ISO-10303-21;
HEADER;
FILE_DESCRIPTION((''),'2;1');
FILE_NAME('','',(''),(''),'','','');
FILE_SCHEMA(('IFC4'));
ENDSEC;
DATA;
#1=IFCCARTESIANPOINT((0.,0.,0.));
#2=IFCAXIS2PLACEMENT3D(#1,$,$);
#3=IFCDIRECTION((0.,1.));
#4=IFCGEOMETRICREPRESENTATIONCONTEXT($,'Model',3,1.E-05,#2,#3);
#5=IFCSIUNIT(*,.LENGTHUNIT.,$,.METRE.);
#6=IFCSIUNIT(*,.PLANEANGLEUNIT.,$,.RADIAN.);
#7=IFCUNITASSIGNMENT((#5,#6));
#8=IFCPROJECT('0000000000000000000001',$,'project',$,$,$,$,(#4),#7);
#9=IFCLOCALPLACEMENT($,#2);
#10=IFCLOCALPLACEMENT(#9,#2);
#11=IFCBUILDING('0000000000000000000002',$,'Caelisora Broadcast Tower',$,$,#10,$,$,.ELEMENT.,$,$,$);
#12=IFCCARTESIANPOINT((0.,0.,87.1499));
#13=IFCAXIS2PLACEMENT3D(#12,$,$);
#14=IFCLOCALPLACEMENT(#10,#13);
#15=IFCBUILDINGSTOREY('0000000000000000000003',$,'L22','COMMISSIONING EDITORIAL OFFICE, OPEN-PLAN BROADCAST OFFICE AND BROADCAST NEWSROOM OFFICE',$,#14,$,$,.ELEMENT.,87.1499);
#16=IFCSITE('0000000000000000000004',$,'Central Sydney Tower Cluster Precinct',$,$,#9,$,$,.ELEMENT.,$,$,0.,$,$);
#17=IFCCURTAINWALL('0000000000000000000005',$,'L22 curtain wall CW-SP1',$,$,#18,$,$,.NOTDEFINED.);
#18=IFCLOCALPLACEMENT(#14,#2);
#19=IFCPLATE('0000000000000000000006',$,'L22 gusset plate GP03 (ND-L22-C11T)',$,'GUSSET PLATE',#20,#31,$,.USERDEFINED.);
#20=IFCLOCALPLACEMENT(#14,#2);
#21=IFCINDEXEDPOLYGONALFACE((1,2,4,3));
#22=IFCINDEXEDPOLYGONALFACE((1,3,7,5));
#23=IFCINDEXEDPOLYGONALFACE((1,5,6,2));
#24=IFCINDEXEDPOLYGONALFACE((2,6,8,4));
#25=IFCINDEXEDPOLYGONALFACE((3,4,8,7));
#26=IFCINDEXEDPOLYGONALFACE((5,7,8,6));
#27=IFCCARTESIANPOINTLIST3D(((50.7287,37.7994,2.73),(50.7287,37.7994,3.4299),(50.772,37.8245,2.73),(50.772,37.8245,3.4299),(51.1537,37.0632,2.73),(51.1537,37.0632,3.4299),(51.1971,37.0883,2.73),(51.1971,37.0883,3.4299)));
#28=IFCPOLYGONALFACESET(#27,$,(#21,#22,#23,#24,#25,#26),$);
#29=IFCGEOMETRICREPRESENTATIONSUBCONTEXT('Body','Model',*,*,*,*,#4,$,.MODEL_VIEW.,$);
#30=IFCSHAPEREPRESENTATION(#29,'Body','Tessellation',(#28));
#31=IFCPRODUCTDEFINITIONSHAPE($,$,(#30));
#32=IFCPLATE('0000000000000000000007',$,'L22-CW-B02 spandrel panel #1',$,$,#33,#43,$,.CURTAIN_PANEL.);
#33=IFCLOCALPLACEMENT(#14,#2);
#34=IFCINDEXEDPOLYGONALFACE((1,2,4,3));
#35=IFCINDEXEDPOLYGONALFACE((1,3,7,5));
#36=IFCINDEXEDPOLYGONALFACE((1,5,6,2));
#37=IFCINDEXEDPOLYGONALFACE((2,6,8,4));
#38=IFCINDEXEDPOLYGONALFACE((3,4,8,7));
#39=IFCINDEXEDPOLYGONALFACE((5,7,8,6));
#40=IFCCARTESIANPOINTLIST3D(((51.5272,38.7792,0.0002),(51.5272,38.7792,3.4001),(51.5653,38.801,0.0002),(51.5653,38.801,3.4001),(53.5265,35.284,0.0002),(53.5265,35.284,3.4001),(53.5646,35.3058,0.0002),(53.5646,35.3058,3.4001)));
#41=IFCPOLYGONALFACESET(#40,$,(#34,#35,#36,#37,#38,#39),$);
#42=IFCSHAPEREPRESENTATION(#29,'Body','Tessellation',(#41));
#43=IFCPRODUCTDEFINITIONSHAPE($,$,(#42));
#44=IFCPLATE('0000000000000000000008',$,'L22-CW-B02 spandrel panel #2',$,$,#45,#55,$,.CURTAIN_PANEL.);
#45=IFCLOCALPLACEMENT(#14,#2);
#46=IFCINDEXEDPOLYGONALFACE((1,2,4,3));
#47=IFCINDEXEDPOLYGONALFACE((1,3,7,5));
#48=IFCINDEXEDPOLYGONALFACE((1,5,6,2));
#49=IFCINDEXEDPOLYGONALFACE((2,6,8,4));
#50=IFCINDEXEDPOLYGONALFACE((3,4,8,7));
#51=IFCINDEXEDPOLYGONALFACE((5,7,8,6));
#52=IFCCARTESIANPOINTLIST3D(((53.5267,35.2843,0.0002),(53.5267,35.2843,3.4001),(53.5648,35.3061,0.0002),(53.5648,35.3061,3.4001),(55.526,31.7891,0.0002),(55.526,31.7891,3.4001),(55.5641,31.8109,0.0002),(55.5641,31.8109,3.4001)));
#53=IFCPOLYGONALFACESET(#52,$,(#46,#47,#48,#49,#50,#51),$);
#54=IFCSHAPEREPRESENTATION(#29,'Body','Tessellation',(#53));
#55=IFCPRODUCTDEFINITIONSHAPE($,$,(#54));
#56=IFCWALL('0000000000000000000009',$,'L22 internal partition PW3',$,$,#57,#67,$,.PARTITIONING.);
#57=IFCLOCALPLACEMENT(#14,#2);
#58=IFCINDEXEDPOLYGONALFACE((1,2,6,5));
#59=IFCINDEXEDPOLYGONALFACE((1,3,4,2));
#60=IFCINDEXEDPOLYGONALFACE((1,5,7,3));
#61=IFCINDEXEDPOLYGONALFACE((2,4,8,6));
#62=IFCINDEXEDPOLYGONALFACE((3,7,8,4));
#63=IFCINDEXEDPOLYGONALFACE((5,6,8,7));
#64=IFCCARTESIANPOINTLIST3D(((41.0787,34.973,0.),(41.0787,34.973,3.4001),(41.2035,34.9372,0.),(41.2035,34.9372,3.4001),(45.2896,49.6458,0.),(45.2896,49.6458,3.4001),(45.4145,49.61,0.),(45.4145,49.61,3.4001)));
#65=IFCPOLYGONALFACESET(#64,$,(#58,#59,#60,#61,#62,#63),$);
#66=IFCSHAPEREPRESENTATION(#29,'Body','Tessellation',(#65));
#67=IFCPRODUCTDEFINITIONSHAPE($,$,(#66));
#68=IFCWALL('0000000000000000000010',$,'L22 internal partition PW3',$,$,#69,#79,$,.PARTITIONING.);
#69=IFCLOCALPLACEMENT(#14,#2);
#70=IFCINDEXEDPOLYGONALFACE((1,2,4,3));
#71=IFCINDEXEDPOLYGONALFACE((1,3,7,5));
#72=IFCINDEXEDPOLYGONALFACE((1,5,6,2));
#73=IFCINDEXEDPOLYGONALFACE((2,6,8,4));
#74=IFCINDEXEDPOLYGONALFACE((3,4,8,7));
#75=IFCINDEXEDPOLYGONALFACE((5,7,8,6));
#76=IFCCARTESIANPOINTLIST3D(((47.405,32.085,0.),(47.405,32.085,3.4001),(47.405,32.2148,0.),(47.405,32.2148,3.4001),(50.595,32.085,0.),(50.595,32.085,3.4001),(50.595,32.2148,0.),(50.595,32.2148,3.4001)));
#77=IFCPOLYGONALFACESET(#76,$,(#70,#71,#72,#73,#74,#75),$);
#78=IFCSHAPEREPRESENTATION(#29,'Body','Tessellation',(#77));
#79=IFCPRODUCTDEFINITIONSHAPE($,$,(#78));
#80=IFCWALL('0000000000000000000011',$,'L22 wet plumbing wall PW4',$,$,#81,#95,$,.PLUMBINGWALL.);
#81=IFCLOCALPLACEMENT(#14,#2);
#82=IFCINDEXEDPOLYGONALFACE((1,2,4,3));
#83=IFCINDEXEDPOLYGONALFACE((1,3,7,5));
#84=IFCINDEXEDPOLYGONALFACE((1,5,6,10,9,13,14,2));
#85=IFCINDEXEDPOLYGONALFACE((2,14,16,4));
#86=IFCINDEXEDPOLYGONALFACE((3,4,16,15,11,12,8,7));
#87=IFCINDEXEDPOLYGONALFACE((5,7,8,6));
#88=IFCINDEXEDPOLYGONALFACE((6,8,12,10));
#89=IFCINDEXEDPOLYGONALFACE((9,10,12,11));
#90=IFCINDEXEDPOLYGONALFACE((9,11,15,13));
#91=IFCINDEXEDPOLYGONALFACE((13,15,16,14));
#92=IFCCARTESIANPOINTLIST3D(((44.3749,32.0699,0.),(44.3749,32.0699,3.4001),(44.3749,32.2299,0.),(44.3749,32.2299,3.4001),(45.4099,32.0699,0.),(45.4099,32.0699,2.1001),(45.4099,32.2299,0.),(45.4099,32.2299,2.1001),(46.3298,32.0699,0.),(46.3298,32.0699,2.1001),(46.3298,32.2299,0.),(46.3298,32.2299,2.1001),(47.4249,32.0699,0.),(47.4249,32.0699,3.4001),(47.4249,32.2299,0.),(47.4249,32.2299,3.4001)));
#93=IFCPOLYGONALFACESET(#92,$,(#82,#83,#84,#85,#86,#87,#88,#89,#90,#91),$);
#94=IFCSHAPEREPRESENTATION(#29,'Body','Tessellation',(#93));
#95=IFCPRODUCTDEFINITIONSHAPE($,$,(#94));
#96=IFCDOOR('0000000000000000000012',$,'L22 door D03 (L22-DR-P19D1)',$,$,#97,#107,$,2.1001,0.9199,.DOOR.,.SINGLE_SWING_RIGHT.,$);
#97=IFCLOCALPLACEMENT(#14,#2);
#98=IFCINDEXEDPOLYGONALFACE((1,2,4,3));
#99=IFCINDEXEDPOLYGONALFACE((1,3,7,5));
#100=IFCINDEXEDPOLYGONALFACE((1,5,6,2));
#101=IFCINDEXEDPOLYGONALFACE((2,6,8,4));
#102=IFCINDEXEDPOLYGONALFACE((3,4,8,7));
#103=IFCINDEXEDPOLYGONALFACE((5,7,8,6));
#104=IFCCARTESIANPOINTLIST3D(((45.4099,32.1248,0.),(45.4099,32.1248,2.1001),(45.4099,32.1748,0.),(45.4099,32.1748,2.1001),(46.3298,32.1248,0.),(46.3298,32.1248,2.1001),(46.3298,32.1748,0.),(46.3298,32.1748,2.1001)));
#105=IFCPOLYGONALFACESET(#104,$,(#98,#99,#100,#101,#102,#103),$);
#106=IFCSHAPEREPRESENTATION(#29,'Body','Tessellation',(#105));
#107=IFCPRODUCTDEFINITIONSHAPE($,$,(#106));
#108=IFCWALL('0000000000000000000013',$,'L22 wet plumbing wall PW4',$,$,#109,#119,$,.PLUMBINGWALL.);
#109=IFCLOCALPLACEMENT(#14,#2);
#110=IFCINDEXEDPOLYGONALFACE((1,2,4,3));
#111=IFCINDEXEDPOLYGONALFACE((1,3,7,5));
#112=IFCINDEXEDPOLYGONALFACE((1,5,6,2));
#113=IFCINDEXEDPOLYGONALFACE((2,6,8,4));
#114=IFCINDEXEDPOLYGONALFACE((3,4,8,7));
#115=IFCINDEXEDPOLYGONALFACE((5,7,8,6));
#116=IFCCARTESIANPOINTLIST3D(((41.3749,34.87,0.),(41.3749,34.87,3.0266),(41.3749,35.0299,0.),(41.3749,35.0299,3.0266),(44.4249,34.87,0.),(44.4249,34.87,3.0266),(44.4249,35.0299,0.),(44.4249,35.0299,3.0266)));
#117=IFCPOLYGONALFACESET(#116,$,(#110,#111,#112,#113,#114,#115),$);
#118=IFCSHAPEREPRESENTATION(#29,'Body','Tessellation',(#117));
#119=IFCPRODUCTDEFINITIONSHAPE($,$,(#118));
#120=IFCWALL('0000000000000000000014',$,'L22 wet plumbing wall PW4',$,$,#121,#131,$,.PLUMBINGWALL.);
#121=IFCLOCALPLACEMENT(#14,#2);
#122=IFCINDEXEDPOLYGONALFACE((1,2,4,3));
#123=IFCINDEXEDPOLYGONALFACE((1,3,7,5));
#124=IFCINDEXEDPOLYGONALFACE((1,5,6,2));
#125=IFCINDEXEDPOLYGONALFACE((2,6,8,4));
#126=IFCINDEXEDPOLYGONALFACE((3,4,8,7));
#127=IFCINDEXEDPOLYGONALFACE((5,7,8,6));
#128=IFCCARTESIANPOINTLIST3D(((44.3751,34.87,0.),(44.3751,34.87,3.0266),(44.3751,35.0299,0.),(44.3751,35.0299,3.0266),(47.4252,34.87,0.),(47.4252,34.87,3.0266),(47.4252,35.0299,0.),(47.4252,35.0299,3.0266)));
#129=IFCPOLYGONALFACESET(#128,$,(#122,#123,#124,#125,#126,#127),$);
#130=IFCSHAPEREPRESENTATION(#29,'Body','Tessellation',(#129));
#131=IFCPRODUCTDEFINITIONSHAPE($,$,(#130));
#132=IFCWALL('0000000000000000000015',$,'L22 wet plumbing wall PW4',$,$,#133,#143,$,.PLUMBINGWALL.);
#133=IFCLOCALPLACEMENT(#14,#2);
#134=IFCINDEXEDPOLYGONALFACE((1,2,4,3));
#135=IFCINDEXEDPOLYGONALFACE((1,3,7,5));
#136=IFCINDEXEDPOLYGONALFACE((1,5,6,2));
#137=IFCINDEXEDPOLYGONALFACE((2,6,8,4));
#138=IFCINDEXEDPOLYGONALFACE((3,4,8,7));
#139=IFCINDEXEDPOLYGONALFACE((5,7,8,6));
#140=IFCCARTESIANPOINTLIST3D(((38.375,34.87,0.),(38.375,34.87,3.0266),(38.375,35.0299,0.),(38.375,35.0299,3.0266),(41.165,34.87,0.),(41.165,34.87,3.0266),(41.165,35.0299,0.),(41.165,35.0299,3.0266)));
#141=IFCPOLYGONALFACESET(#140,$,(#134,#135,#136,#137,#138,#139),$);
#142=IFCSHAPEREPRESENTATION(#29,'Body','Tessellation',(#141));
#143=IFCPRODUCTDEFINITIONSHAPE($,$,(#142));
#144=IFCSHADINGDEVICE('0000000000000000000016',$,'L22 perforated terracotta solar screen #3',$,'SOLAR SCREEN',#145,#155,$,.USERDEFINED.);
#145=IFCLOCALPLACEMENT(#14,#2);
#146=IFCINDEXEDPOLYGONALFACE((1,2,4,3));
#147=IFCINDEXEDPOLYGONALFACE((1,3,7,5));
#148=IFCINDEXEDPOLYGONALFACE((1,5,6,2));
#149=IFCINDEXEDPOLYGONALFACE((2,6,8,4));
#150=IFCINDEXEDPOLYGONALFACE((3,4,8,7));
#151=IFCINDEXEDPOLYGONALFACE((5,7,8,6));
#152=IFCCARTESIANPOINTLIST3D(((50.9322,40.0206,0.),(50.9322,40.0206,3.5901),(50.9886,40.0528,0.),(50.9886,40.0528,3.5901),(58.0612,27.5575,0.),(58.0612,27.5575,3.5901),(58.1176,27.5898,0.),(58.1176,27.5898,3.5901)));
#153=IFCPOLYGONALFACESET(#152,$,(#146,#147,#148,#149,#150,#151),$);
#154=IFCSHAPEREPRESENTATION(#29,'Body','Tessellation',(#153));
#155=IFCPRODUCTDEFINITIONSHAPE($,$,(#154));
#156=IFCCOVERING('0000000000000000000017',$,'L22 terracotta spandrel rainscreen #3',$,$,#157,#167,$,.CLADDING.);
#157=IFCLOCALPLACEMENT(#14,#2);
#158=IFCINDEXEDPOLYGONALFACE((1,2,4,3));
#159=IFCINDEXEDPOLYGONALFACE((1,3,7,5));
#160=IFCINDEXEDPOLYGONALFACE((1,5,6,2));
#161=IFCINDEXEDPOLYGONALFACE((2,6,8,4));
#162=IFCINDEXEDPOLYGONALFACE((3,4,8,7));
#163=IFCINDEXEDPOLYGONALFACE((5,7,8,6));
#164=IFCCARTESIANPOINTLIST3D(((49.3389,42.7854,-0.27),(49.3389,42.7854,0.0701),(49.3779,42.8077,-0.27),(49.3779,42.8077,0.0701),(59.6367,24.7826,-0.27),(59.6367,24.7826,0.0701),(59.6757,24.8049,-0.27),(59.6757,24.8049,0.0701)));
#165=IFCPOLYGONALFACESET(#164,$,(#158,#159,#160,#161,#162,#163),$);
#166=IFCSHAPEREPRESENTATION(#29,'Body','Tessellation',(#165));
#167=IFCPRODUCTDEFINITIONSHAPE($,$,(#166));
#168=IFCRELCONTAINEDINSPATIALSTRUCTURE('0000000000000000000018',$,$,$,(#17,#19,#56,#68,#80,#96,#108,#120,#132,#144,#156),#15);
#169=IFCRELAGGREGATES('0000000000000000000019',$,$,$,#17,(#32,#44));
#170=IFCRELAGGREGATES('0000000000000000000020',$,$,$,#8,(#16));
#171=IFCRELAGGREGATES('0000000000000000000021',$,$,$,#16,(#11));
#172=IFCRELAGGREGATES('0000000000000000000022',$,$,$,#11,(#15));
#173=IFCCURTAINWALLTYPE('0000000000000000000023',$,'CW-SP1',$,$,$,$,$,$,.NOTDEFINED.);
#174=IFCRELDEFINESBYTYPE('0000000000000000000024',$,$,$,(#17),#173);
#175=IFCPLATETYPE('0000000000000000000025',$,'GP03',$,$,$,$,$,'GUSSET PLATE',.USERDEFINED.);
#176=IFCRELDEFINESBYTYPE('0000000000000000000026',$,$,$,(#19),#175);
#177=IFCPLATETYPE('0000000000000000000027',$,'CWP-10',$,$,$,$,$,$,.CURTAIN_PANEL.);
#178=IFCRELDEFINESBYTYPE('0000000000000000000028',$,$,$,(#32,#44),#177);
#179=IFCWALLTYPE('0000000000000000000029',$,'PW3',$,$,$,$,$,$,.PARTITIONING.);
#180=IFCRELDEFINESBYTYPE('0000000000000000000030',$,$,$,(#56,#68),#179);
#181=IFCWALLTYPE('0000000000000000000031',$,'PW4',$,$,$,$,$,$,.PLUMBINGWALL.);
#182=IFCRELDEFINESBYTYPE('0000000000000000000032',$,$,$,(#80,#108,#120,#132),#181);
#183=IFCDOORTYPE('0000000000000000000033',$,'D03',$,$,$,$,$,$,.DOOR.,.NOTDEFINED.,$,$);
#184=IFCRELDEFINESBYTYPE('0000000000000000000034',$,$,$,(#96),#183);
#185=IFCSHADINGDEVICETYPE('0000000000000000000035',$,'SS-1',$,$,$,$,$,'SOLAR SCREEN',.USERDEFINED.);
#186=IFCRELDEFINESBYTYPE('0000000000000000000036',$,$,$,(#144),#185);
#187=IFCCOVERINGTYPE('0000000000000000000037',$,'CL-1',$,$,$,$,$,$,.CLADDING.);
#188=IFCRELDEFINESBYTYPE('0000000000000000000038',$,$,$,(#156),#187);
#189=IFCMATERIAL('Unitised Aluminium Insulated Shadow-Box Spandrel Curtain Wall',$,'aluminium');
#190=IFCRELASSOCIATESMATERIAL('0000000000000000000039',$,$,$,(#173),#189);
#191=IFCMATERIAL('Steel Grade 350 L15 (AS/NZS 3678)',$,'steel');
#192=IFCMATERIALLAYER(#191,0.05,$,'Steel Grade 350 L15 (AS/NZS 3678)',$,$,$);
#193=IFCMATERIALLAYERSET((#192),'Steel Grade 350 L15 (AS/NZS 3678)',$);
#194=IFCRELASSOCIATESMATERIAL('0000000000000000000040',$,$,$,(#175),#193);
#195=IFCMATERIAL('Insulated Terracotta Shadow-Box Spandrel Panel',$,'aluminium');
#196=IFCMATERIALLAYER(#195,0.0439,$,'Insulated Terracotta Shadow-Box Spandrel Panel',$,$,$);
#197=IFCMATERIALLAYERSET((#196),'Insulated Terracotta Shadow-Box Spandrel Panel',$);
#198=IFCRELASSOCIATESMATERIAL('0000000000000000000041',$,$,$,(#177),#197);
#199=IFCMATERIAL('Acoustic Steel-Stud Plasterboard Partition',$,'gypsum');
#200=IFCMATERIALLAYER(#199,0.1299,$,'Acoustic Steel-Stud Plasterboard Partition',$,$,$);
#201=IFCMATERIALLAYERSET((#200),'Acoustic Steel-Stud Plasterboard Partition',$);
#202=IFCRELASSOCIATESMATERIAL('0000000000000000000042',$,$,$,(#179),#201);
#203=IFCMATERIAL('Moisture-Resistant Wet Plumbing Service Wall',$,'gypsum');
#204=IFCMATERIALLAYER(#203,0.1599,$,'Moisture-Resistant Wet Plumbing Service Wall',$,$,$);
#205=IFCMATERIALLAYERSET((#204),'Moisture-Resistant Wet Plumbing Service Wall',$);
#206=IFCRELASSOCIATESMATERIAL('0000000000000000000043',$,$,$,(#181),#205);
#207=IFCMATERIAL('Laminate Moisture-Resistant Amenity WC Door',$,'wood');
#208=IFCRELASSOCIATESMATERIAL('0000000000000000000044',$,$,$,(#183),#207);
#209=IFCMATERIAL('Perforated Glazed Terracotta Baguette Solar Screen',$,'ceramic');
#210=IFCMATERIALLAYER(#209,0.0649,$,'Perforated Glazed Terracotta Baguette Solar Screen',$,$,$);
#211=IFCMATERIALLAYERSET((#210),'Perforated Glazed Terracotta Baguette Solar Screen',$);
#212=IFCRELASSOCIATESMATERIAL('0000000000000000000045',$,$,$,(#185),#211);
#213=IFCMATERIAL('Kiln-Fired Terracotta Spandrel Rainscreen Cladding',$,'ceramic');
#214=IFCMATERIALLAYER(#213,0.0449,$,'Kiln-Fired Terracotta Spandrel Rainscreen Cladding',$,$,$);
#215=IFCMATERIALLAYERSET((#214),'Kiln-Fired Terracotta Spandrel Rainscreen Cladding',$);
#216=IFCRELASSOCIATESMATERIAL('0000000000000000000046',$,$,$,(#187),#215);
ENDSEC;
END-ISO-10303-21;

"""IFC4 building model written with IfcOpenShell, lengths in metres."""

from ifc_helpers import new_model, si_unit, direction, frame, frame_2d, origin, origin_2d, place, context, subcontext, project, spatial, rectangle, extrude, source, transform, mapped, material, layer, layer_set, type_object, type_shapes, element, fill, aggregate, save


model = new_model("IFC4")

# Units and contexts
model_context = context("Model", 3, precision=1e-05, world=origin(), true_north=direction((0.0, 1.0)))
body_context = subcontext(model_context, "Body", "Model", "MODEL_VIEW")
ifc_project = project(units=[si_unit("LENGTHUNIT", "METRE"), si_unit("PLANEANGLEUNIT", "RADIAN")], contexts=[model_context])

# Site, building, storey
site_placement = place(None, origin())
site = spatial("IfcSite", under=ifc_project, at=site_placement, Name="Central Sydney Tower Cluster Precinct", CompositionType="ELEMENT", RefElevation=0.0)
building_placement = place(site_placement, origin())
building = spatial("IfcBuilding", under=site, at=building_placement, Name="Caelisora Broadcast Tower", CompositionType="ELEMENT")
storey_placement = place(building_placement, frame((0.0, 0.0, 87.1499)))
storey = spatial("IfcBuildingStorey", under=building, at=storey_placement, Name="L22", Description="COMMISSIONING EDITORIAL OFFICE, OPEN-PLAN BROADCAST OFFICE AND BROADCAST NEWSROOM OFFICE", CompositionType="ELEMENT", Elevation=87.1499)

# Shared definitions
ifc_material_1 = material(Name="Steel Grade 350 L15 (AS/NZS 3678)", Category="steel")

# Curtain wall
ifc_material_2 = material(Name="Unitised Aluminium Insulated Shadow-Box Spandrel Curtain Wall", Category="aluminium")
curtain_wall_type = type_object("IfcCurtainWallType", Name="CW-SP1", PredefinedType="NOTDEFINED", material=ifc_material_2)
curtain_wall_placement = place(storey_placement, origin())
curtain_wall = element("IfcCurtainWall", 1, at=curtain_wall_placement, inside=storey, type_object=curtain_wall_type, Name="L22 curtain wall CW-SP1", PredefinedType="NOTDEFINED")

# Plates
ifc_layer_1 = layer(ifc_material_1, 0.05, Name="Steel Grade 350 L15 (AS/NZS 3678)")
ifc_layer_set_1 = layer_set([ifc_layer_1], Name="Steel Grade 350 L15 (AS/NZS 3678)")
plate_type_1 = type_object("IfcPlateType", Name="GP03", ElementType="GUSSET PLATE", PredefinedType="USERDEFINED", material=ifc_layer_set_1)
shared_shape_1 = source(origin(), body_context, "Body", "SweptSolid", [
    extrude(rectangle(XDim=0.8501, YDim=0.05, at=origin_2d()), origin(), (0.0, 0.0, 1.0), 0.7),
])
type_shapes(plate_type_1, [shared_shape_1])
plate_1_placement = place(storey_placement, frame((50.9629, 37.4438, 2.73), z_axis=(0.0, 0.0, 1.0), x_axis=(-0.5, 0.866025, 0.0)))
element("IfcPlate", 2, at=plate_1_placement, inside=storey, type_object=plate_type_1, Name="L22 gusset plate GP03 (ND-L22-C11T)", ObjectType="GUSSET PLATE", PredefinedType="USERDEFINED", context=body_context, shape_type="MappedRepresentation", body=[
    mapped(shared_shape_1, transform((0.0, 0.0, 0.0), scale=1.0)),
])
ifc_material_3 = material(Name="Insulated Terracotta Shadow-Box Spandrel Panel", Category="aluminium")
ifc_layer_2 = layer(ifc_material_3, 0.0439, Name="Insulated Terracotta Shadow-Box Spandrel Panel")
ifc_layer_set_2 = layer_set([ifc_layer_2], Name="Insulated Terracotta Shadow-Box Spandrel Panel")
plate_type_2 = type_object("IfcPlateType", Name="CWP-10", PredefinedType="CURTAIN_PANEL", material=ifc_layer_set_2)
shared_shape_2 = source(origin(), body_context, "Body", "SweptSolid", [
    extrude(rectangle(XDim=4.0266, YDim=0.0439, at=origin_2d()), origin(), (0.0, 0.0, 1.0), 3.3999),
])
type_shapes(plate_type_2, [shared_shape_2])
plate_2_placement = place(storey_placement, frame((52.5459, 37.0425, 0.0002), z_axis=(0.0, 0.0, 1.0), x_axis=(0.49652, -0.868026, 0.0)))
plate_2 = element("IfcPlate", 3, at=plate_2_placement, type_object=plate_type_2, Name="L22-CW-B02 spandrel panel #1", PredefinedType="CURTAIN_PANEL", context=body_context, shape_type="MappedRepresentation", body=[
    mapped(shared_shape_2, transform((0.0, 0.0, 0.0), scale=1.0)),
])
plate_3_placement = place(storey_placement, frame((54.5454, 33.5476, 0.0002), z_axis=(0.0, 0.0, 1.0), x_axis=(0.49652, -0.868026, 0.0)))
plate_3 = element("IfcPlate", 4, at=plate_3_placement, type_object=plate_type_2, Name="L22-CW-B02 spandrel panel #2", PredefinedType="CURTAIN_PANEL", context=body_context, shape_type="MappedRepresentation", body=[
    mapped(shared_shape_2, transform((0.0, 0.0, 0.0), scale=1.0)),
])
aggregate(curtain_wall, [plate_2, plate_3])

# Walls
ifc_material_4 = material(Name="Acoustic Steel-Stud Plasterboard Partition", Category="gypsum")
ifc_layer_3 = layer(ifc_material_4, 0.1299, Name="Acoustic Steel-Stud Plasterboard Partition")
ifc_layer_set_3 = layer_set([ifc_layer_3], Name="Acoustic Steel-Stud Plasterboard Partition")
wall_type_1 = type_object("IfcWallType", Name="PW3", PredefinedType="PARTITIONING", material=ifc_layer_set_3)
wall_1_placement = place(storey_placement, frame((41.1411, 34.9551, 0.0), z_axis=(0.0, 0.0, 1.0), x_axis=(0.275853, 0.9612, 0.0)))
element("IfcWall", 5, at=wall_1_placement, inside=storey, type_object=wall_type_1, Name="L22 internal partition PW3", PredefinedType="PARTITIONING", context=body_context, shape_type="SweptSolid", body=[
    extrude(rectangle(XDim=15.2651, YDim=0.1299, at=frame_2d((7.6326, 0.0))), origin(), (0.0, 0.0, 1.0), 3.4001),
])
wall_2_placement = place(storey_placement, frame((47.405, 32.1499, 0.0), z_axis=(0.0, 0.0, 1.0), x_axis=(1.0, 0.0, 0.0)))
element("IfcWall", 6, at=wall_2_placement, inside=storey, type_object=wall_type_1, Name="L22 internal partition PW3", PredefinedType="PARTITIONING", context=body_context, shape_type="SweptSolid", body=[
    extrude(rectangle(XDim=3.1899, YDim=0.1299, at=frame_2d((1.595, 0.0))), origin(), (0.0, 0.0, 1.0), 3.4001),
])

# Wall, opening, door
ifc_material_5 = material(Name="Moisture-Resistant Wet Plumbing Service Wall", Category="gypsum")
ifc_layer_4 = layer(ifc_material_5, 0.1599, Name="Moisture-Resistant Wet Plumbing Service Wall")
ifc_layer_set_4 = layer_set([ifc_layer_4], Name="Moisture-Resistant Wet Plumbing Service Wall")
wall_type_2 = type_object("IfcWallType", Name="PW4", PredefinedType="PLUMBINGWALL", material=ifc_layer_set_4)
wall_3_placement = place(storey_placement, frame((44.375, 32.1499, 0.0), z_axis=(0.0, 0.0, 1.0), x_axis=(1.0, 0.0, 0.0)))
wall_3 = element("IfcWall", 7, at=wall_3_placement, inside=storey, type_object=wall_type_2, Name="L22 wet plumbing wall PW4", PredefinedType="PLUMBINGWALL", context=body_context, shape_type="SweptSolid", body=[
    extrude(rectangle(XDim=3.05, YDim=0.1599, at=frame_2d((1.5249, 0.0))), origin(), (0.0, 0.0, 1.0), 3.4001),
])
opening_placement = place(wall_3_placement, frame((1.0349, 0.0, 0.0)))
opening = element("IfcOpeningElement", 8, at=opening_placement, cuts=wall_3, PredefinedType="OPENING", context=body_context, shape_type="SweptSolid", body=[
    extrude(rectangle(XDim=0.9199, YDim=2.1001, at=frame_2d((0.46, 1.05))), frame((0.0, 0.092, 0.0), z_axis=(0.0, -1.0, 0.0), x_axis=(1.0, 0.0, 0.0)), (0.0, 0.0, 1.0), 0.1838),
])
ifc_material_6 = material(Name="Laminate Moisture-Resistant Amenity WC Door", Category="wood")
door_type = type_object("IfcDoorType", Name="D03", OperationType="NOTDEFINED", PredefinedType="DOOR", material=ifc_material_6)
door_placement = place(opening_placement, origin())
door = element("IfcDoor", 9, at=door_placement, inside=storey, type_object=door_type, Name="L22 door D03 (L22-DR-P19D1)", OperationType="SINGLE_SWING_RIGHT", OverallHeight=2.1001, OverallWidth=0.9199, PredefinedType="DOOR", context=body_context, shape_type="SweptSolid", body=[
    extrude(rectangle(XDim=0.9199, YDim=2.1001, at=frame_2d((0.46, 1.05))), frame((0.0, 0.0249, 0.0), z_axis=(0.0, -1.0, 0.0), x_axis=(1.0, 0.0, 0.0)), (0.0, 0.0, 1.0), 0.05),
])
fill(opening, door)

# Walls
for number, where, z_axis, x_axis, name in (
    (10, (41.375, 34.95, 0.0), (0.0, 0.0, 1.0), (1.0, 0.0, 0.0), "L22 wet plumbing wall PW4"),
    (11, (47.425, 34.95, 0.0), (0.0, 0.0, 1.0), (-1.0, 0.0, 0.0), "L22 wet plumbing wall PW4"),
):
    element("IfcWall", number, at=place(storey_placement, frame(where, z_axis=z_axis, x_axis=x_axis)), inside=storey, type_object=wall_type_2, Name=name, PredefinedType="PLUMBINGWALL", context=body_context, shape_type="SweptSolid", body=[
        extrude(rectangle(XDim=3.05, YDim=0.1599, at=frame_2d((1.5249, 0.0))), origin(), (0.0, 0.0, 1.0), 3.0266),
    ])
wall_4_placement = place(storey_placement, frame((38.375, 34.95, 0.0), z_axis=(0.0, 0.0, 1.0), x_axis=(1.0, 0.0, 0.0)))
element("IfcWall", 12, at=wall_4_placement, inside=storey, type_object=wall_type_2, Name="L22 wet plumbing wall PW4", PredefinedType="PLUMBINGWALL", context=body_context, shape_type="SweptSolid", body=[
    extrude(rectangle(XDim=2.79, YDim=0.1599, at=frame_2d((1.395, 0.0))), origin(), (0.0, 0.0, 1.0), 3.0266),
])

# Shading device
ifc_material_7 = material(Name="Perforated Glazed Terracotta Baguette Solar Screen", Category="ceramic")
ifc_layer_5 = layer(ifc_material_7, 0.0649, Name="Perforated Glazed Terracotta Baguette Solar Screen")
ifc_layer_set_5 = layer_set([ifc_layer_5], Name="Perforated Glazed Terracotta Baguette Solar Screen")
shading_device_type = type_object("IfcShadingDeviceType", Name="SS-1", ElementType="SOLAR SCREEN", PredefinedType="USERDEFINED", material=ifc_layer_set_5)
shared_shape_3 = source(origin(), body_context, "Body", "SweptSolid", [
    extrude(rectangle(XDim=14.3579, YDim=0.0649, at=origin_2d()), origin(), (0.0, 0.0, 1.0), 3.5901),
])
type_shapes(shading_device_type, [shared_shape_3])
shading_device_placement = place(storey_placement, frame((54.5249, 33.8052, 0.0), z_axis=(0.0, 0.0, 1.0), x_axis=(-0.49652, 0.868026, 0.0)))
element("IfcShadingDevice", 13, at=shading_device_placement, inside=storey, type_object=shading_device_type, Name="L22 perforated terracotta solar screen #3", ObjectType="SOLAR SCREEN", PredefinedType="USERDEFINED", context=body_context, shape_type="MappedRepresentation", body=[
    mapped(shared_shape_3, transform((0.0, 0.0, 0.0), scale=1.0)),
])

# Covering
ifc_material_8 = material(Name="Kiln-Fired Terracotta Spandrel Rainscreen Cladding", Category="ceramic")
ifc_layer_6 = layer(ifc_material_8, 0.0449, Name="Kiln-Fired Terracotta Spandrel Rainscreen Cladding")
ifc_layer_set_6 = layer_set([ifc_layer_6], Name="Kiln-Fired Terracotta Spandrel Rainscreen Cladding")
covering_type = type_object("IfcCoveringType", Name="CL-1", PredefinedType="CLADDING", material=ifc_layer_set_6)
shared_shape_4 = source(origin(), body_context, "Body", "SweptSolid", [
    extrude(rectangle(XDim=20.74, YDim=0.0449, at=origin_2d()), origin(), (0.0, 0.0, 1.0), 0.3401),
])
type_shapes(covering_type, [shared_shape_4])
covering_placement = place(storey_placement, frame((54.5073, 33.7952, -0.27), z_axis=(0.0, 0.0, 1.0), x_axis=(-0.49652, 0.868026, 0.0)))
element("IfcCovering", 14, at=covering_placement, inside=storey, type_object=covering_type, Name="L22 terracotta spandrel rainscreen #3", PredefinedType="CLADDING", context=body_context, shape_type="MappedRepresentation", body=[
    mapped(shared_shape_4, transform((0.0, 0.0, 0.0), scale=1.0)),
])

save(model, "model.ifc")
